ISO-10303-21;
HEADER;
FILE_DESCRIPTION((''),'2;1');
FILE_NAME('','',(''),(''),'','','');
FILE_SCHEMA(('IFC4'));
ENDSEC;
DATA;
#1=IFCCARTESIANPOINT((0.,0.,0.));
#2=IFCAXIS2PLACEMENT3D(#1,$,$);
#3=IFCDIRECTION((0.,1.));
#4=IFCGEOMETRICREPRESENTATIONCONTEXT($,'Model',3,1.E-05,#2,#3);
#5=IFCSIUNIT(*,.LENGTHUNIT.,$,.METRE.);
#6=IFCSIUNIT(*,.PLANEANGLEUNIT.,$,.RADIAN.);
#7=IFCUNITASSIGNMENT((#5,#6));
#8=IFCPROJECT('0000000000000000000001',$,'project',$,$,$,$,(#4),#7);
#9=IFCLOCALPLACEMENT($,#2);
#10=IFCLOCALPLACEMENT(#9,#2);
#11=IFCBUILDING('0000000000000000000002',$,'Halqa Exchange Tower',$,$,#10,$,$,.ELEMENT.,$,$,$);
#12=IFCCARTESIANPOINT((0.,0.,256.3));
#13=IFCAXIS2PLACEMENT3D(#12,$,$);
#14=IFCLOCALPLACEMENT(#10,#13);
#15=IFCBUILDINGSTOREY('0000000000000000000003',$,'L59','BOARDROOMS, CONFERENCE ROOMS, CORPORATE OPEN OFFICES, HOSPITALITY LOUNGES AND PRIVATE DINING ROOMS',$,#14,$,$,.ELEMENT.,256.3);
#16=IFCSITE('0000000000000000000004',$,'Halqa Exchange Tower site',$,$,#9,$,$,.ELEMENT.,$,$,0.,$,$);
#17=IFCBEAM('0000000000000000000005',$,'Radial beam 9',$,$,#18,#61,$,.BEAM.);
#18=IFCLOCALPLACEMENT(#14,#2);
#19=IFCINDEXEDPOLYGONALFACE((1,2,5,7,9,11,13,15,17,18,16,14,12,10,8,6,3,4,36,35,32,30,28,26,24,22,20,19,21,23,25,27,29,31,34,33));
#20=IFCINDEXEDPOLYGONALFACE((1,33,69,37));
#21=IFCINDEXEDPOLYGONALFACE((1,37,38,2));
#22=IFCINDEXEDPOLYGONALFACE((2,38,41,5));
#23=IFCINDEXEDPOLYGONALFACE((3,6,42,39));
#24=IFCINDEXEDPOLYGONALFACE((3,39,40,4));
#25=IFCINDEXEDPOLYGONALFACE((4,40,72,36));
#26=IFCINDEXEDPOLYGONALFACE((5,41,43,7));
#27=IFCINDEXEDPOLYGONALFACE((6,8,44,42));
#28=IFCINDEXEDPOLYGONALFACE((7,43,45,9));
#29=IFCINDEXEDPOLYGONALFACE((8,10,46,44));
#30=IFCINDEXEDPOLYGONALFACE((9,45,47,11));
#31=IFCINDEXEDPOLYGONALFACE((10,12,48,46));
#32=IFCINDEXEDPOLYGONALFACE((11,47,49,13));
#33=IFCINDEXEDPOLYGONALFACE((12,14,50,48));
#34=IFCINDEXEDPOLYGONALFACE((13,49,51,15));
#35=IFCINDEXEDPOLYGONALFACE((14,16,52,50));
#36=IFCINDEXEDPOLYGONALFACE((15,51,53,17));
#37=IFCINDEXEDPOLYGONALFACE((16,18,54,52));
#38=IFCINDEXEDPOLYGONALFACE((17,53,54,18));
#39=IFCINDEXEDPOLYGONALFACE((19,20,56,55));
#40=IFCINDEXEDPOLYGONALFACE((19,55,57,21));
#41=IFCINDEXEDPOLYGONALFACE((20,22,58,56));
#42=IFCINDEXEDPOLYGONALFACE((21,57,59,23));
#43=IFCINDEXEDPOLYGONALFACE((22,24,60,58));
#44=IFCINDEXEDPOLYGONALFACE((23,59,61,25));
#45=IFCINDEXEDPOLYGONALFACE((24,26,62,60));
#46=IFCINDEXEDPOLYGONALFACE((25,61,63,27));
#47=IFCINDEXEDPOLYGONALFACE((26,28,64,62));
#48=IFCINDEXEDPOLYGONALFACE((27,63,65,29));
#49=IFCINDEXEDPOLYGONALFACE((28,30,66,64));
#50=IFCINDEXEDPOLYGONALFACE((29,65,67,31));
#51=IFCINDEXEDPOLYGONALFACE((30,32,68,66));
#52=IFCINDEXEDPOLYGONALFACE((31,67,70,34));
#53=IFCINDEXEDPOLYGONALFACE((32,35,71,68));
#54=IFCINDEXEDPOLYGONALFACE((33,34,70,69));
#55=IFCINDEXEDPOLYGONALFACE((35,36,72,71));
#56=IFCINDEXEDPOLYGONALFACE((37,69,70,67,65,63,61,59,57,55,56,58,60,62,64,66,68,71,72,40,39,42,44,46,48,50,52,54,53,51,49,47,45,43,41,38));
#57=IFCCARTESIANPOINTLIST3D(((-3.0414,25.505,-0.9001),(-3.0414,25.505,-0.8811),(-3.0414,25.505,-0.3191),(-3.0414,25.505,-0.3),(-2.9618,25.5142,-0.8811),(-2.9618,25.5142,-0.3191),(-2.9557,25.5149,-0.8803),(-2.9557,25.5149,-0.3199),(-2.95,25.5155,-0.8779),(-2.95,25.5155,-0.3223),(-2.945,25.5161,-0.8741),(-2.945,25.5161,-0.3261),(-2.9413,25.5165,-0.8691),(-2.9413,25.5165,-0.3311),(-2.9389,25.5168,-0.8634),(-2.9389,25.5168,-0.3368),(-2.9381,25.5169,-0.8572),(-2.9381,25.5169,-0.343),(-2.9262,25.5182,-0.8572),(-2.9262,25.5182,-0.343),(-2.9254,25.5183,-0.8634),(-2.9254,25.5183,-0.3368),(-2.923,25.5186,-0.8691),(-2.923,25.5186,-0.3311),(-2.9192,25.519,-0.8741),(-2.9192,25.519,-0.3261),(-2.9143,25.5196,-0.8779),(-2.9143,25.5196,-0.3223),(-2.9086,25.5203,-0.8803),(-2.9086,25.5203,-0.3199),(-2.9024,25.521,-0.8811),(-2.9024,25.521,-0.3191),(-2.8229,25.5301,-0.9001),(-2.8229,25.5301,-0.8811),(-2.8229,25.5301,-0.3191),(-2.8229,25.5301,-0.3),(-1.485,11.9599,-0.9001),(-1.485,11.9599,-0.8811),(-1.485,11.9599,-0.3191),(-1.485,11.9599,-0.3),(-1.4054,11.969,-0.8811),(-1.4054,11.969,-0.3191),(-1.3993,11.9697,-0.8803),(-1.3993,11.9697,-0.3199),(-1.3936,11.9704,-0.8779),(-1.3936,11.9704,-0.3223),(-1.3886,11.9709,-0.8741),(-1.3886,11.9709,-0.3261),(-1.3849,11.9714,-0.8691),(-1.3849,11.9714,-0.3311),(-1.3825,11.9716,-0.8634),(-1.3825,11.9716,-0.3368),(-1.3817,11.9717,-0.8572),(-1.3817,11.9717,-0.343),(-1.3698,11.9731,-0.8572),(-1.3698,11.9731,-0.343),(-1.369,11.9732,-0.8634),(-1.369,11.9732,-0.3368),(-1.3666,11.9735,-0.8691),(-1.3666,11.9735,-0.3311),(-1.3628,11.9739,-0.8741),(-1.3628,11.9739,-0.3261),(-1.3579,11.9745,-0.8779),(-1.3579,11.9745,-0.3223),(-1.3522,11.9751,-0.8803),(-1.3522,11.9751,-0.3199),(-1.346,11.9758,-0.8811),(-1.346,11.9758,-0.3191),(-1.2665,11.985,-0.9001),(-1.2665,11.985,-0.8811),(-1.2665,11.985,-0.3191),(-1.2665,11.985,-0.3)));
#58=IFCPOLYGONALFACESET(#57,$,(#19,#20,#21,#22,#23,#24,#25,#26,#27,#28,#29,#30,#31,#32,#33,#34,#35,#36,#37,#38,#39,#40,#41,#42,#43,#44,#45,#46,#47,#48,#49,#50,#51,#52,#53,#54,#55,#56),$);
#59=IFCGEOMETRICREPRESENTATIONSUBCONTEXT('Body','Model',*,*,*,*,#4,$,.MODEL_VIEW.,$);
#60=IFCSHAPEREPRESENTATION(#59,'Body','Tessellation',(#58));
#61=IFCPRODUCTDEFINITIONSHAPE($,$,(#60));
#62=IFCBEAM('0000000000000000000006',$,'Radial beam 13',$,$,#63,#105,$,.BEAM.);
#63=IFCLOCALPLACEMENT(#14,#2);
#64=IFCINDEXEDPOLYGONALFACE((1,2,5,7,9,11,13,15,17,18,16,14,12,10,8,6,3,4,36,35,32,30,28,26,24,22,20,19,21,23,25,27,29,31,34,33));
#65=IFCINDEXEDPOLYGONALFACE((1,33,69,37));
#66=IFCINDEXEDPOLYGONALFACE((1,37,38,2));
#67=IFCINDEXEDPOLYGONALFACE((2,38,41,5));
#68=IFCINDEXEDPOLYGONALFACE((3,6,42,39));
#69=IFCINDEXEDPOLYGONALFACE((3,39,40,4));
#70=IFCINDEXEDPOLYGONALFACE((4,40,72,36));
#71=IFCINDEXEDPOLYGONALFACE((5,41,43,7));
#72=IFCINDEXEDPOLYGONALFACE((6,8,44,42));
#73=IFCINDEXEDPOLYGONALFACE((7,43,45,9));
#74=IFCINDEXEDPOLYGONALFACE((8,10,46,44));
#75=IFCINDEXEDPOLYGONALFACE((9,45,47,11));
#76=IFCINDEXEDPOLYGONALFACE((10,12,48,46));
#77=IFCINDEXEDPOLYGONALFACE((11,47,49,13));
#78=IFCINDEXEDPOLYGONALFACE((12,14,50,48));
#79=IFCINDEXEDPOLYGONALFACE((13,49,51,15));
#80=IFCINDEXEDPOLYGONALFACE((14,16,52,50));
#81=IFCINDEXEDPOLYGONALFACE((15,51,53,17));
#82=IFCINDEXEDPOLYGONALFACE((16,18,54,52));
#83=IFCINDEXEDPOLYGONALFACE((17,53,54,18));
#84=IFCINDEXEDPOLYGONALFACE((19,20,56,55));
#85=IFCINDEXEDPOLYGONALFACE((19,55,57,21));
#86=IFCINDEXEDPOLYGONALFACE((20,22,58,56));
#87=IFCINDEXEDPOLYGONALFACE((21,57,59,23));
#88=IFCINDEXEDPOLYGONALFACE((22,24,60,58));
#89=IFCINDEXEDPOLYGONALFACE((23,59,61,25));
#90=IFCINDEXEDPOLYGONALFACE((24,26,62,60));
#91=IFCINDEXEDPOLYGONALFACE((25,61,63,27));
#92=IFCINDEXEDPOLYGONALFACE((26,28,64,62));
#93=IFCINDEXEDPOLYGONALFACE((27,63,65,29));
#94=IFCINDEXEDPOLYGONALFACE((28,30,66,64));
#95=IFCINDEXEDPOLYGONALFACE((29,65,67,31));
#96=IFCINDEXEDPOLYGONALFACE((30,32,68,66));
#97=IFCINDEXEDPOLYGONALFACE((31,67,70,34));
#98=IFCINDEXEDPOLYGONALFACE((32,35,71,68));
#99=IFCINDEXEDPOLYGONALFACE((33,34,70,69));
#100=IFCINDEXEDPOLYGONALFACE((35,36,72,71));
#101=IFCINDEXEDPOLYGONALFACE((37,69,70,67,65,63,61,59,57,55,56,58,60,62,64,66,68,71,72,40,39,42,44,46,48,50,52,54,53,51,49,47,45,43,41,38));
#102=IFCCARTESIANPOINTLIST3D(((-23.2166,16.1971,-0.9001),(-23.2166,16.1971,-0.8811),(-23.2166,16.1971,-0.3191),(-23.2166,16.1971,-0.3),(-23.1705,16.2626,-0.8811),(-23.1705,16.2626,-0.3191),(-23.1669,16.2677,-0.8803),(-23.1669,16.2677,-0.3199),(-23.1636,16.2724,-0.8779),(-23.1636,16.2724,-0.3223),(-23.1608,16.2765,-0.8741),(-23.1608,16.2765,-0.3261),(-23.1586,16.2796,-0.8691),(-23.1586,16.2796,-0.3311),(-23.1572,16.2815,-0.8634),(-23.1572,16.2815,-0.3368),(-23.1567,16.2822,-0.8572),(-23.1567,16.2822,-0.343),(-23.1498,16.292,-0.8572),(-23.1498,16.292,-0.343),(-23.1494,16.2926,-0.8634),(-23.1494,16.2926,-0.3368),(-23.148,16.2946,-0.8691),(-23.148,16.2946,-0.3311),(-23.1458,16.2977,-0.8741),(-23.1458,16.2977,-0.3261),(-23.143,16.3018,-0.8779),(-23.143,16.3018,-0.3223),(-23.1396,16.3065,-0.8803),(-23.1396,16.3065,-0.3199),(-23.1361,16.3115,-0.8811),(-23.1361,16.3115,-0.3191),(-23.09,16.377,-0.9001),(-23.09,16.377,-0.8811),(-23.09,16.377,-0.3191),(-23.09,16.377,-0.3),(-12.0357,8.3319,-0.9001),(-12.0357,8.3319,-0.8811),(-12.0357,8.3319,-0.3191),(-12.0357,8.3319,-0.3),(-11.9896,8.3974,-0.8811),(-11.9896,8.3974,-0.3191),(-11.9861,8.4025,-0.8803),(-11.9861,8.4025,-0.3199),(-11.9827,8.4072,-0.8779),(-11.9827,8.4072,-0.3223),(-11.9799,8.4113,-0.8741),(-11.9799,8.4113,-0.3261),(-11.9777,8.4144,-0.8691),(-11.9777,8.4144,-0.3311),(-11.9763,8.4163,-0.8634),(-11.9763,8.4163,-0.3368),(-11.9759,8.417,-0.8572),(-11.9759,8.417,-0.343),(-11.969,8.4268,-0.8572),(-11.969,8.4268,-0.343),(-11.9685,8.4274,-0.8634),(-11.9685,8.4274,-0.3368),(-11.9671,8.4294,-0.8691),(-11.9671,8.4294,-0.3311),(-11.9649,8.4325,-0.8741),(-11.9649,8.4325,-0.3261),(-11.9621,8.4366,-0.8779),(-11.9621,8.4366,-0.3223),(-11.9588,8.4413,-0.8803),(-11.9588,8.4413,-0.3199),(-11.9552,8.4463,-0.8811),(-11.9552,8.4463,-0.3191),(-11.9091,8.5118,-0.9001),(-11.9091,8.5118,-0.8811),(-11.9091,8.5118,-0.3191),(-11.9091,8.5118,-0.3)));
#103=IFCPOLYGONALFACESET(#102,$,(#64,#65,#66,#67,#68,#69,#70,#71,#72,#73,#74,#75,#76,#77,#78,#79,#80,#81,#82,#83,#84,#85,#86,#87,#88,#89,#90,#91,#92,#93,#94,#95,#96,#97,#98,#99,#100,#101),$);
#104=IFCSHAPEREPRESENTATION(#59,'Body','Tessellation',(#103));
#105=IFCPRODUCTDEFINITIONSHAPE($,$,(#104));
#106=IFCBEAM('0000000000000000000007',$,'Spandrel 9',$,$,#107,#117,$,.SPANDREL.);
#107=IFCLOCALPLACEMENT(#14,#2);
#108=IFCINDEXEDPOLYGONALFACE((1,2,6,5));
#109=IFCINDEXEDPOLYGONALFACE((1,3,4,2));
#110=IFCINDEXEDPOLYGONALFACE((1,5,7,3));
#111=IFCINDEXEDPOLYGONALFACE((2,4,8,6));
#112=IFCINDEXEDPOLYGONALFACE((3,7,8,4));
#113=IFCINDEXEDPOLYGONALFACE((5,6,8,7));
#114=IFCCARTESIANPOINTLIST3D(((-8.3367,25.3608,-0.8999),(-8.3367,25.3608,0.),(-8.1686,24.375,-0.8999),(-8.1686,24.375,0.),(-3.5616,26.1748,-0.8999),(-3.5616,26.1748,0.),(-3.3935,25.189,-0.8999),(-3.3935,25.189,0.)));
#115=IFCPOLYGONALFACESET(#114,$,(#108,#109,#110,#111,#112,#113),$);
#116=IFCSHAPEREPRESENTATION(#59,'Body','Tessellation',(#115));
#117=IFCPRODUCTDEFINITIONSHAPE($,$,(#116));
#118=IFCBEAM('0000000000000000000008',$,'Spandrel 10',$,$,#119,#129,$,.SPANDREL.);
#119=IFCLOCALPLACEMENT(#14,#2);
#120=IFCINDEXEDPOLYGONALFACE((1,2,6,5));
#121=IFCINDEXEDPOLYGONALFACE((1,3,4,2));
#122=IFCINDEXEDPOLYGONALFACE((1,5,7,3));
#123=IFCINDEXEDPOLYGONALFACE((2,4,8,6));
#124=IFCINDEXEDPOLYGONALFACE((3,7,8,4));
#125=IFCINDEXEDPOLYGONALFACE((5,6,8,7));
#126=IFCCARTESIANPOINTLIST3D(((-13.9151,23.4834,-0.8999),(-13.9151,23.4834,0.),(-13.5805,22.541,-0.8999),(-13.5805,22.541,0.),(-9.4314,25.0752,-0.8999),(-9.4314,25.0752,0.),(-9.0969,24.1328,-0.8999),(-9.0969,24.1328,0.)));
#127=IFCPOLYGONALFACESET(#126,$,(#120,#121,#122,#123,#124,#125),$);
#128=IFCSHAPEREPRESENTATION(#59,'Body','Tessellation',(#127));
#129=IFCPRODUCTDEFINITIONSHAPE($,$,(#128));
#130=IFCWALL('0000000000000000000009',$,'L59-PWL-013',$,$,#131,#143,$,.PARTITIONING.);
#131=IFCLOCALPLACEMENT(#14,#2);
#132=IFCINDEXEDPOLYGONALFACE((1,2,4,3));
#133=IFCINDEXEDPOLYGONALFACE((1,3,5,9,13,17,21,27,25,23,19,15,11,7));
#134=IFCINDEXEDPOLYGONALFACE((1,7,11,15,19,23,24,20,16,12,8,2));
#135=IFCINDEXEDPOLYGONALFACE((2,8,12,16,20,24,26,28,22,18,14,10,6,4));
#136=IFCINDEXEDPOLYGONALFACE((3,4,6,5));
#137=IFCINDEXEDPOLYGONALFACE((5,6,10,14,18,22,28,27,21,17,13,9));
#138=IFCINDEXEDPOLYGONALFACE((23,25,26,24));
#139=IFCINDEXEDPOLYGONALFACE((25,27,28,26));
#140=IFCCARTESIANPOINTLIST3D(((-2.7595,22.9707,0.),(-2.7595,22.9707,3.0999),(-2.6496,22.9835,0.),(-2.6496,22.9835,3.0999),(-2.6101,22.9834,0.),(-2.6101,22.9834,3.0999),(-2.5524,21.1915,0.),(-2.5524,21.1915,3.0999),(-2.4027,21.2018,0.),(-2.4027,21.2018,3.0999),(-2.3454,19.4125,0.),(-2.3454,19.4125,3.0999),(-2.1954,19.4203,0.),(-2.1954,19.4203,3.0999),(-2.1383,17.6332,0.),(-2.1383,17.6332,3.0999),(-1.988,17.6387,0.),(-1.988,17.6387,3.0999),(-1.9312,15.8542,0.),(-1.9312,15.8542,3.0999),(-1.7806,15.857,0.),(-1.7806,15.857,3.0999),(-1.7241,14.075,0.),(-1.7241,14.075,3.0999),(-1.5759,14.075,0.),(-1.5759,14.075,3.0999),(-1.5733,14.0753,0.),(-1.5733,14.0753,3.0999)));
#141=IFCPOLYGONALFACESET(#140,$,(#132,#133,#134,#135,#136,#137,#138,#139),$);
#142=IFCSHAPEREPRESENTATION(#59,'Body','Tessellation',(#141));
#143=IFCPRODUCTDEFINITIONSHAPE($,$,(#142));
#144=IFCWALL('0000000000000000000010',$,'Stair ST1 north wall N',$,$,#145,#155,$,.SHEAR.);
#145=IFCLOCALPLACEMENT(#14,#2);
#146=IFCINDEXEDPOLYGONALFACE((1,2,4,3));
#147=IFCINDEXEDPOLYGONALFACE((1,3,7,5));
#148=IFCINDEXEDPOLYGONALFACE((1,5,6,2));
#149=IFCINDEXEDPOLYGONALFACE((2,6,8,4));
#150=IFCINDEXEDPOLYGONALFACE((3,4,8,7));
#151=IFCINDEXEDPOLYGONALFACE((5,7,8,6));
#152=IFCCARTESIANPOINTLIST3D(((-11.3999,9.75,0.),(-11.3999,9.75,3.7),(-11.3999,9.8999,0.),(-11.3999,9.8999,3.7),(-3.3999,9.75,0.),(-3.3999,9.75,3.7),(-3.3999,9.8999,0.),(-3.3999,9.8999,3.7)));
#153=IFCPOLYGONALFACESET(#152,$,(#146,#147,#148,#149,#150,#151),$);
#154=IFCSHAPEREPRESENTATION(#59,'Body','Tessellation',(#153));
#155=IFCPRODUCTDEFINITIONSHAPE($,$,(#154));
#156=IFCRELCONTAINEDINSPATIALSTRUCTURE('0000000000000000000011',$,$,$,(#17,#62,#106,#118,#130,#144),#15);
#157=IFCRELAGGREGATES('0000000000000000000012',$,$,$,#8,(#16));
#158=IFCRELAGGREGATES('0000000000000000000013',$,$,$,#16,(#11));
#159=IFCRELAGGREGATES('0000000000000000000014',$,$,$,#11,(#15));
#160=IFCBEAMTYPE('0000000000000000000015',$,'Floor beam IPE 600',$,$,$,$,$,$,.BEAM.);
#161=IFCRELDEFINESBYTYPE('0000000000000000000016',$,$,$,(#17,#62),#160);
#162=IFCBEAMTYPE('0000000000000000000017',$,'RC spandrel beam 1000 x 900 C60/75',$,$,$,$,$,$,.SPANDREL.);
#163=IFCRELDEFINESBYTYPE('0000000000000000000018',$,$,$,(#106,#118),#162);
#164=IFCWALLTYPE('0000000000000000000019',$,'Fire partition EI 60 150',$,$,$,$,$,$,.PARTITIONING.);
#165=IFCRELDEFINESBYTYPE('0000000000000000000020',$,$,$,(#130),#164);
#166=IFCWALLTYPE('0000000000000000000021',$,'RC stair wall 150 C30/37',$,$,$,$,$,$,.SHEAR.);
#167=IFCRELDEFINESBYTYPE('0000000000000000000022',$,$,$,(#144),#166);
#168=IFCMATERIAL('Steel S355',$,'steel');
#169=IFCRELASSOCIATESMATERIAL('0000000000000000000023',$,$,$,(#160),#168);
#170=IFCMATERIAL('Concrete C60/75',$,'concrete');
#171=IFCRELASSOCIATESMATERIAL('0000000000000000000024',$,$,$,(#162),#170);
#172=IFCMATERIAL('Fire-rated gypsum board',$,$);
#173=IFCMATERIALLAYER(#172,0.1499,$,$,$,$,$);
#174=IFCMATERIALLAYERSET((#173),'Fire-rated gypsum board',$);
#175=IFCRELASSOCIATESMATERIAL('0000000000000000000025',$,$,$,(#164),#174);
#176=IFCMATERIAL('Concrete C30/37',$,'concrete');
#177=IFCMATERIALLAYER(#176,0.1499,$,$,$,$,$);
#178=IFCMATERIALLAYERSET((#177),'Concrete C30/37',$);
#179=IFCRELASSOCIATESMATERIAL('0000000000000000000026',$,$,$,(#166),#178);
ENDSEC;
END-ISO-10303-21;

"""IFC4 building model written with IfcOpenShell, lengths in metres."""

from ifc_helpers import new_model, si_unit, direction, frame, frame_2d, origin, origin_2d, place, context, subcontext, project, spatial, polyline, rectangle, i_section, outline, extrude, material, layer, layer_set, material_profile, profile_set, type_object, element, save


model = new_model("IFC4")

# Units and contexts
model_context = context("Model", 3, precision=1e-05, world=origin(), true_north=direction((0.0, 1.0)))
body_context = subcontext(model_context, "Body", "Model", "MODEL_VIEW")
ifc_project = project(units=[si_unit("LENGTHUNIT", "METRE"), si_unit("PLANEANGLEUNIT", "RADIAN")], contexts=[model_context])

# Site, building, storey
site_placement = place(None, origin())
site = spatial("IfcSite", under=ifc_project, at=site_placement, Name="Halqa Exchange Tower site", CompositionType="ELEMENT", RefElevation=0.0)
building_placement = place(site_placement, origin())
building = spatial("IfcBuilding", under=site, at=building_placement, Name="Halqa Exchange Tower", CompositionType="ELEMENT")
storey_placement = place(building_placement, frame((0.0, 0.0, 256.3)))
storey = spatial("IfcBuildingStorey", under=building, at=storey_placement, Name="L59", Description="BOARDROOMS, CONFERENCE ROOMS, CORPORATE OPEN OFFICES, HOSPITALITY LOUNGES AND PRIVATE DINING ROOMS", CompositionType="ELEMENT", Elevation=256.3)

# Shared definitions
ifc_material_1 = material(Name="Concrete C60/75", Category="concrete")

# Beams
ifc_material_2 = material(Name="Steel S355", Category="steel")
ifc_material_profile_1 = material_profile(ifc_material_2, i_section(OverallWidth=0.22, OverallDepth=0.6001, WebThickness=0.012, FlangeThickness=0.019, FilletRadius=0.0239, at=origin_2d()), Name="IPE 600")
ifc_profile_set_1 = profile_set([ifc_material_profile_1], Name="Steel S355")
beam_type_1 = type_object("IfcBeamType", Name="Floor beam IPE 600", PredefinedType="BEAM", material=ifc_profile_set_1)
beam_1_placement = place(storey_placement, frame((-1.3757, 11.9724, -0.6001), z_axis=(-0.114153, 0.993463, 0.0), x_axis=(-0.993463, -0.114153, 0.0)))
element("IfcBeam", 1, at=beam_1_placement, inside=storey, type_object=beam_type_1, Name="Radial beam 9", PredefinedType="BEAM", context=body_context, shape_type="SweptSolid", body=[
    extrude(i_section(OverallWidth=0.22, OverallDepth=0.6001, WebThickness=0.012, FlangeThickness=0.019, FilletRadius=0.0239, at=origin_2d()), origin(), (0.0, 0.0, 1.0), 13.6343),
])
beam_2_placement = place(storey_placement, frame((-11.9724, 8.4219, -0.6001), z_axis=(-0.817903, 0.575356, 0.0), x_axis=(-0.575356, -0.817903, 0.0)))
element("IfcBeam", 2, at=beam_2_placement, inside=storey, type_object=beam_type_1, Name="Radial beam 13", PredefinedType="BEAM", context=body_context, shape_type="SweptSolid", body=[
    extrude(i_section(OverallWidth=0.22, OverallDepth=0.6001, WebThickness=0.012, FlangeThickness=0.019, FilletRadius=0.0239, at=origin_2d()), origin(), (0.0, 0.0, 1.0), 13.6702),
])
ifc_material_profile_2 = material_profile(ifc_material_1, rectangle(XDim=1.0, YDim=0.8999, at=origin_2d()), Name="1000 x 900")
ifc_profile_set_2 = profile_set([ifc_material_profile_2], Name="Concrete C60/75")
beam_type_2 = type_object("IfcBeamType", Name="RC spandrel beam 1000 x 900 C60/75", PredefinedType="SPANDREL", material=ifc_profile_set_2)
beam_3_placement = place(storey_placement, frame((-3.4775, 25.6819, -0.45), z_axis=(-0.985781, -0.168035, 0.0), x_axis=(0.168035, -0.985781, 0.0)))
element("IfcBeam", 3, at=beam_3_placement, inside=storey, type_object=beam_type_2, Name="Spandrel 9", PredefinedType="SPANDREL", context=body_context, shape_type="SweptSolid", body=[
    extrude(rectangle(XDim=1.0, YDim=0.8999, at=origin_2d()), origin(), (0.0, 0.0, 1.0), 4.844),
])
beam_4_placement = place(storey_placement, frame((-9.2642, 24.604, -0.45), z_axis=(-0.942373, -0.334564, 0.0), x_axis=(0.334564, -0.942373, 0.0)))
element("IfcBeam", 4, at=beam_4_placement, inside=storey, type_object=beam_type_2, Name="Spandrel 10", PredefinedType="SPANDREL", context=body_context, shape_type="SweptSolid", body=[
    extrude(rectangle(XDim=1.0, YDim=0.8999, at=origin_2d()), origin(), (0.0, 0.0, 1.0), 4.7578),
])

# Walls
ifc_material_3 = material(Name="Fire-rated gypsum board")
ifc_layer_1 = layer(ifc_material_3, 0.1499)
ifc_layer_set_1 = layer_set([ifc_layer_1], Name="Fire-rated gypsum board")
wall_type_1 = type_object("IfcWallType", Name="Fire partition EI 60 150", PredefinedType="PARTITIONING", material=ifc_layer_set_1)
wall_1_placement = place(storey_placement, frame((-1.6477, 14.0667, 0.0), z_axis=(0.0, 0.0, 1.0), x_axis=(-0.115608, 0.993295, 0.0)))
element("IfcWall", 5, at=wall_1_placement, inside=storey, type_object=wall_type_1, Name="L59-PWL-013", PredefinedType="PARTITIONING", context=body_context, shape_type="SweptSolid", body=[
    extrude(outline(polyline([(0.0, -0.075), (1.7937, -0.075), (3.5874, -0.075), (5.3811, -0.075), (7.1746, -0.075), (8.9683, -0.075), (8.9729, -0.0356), (8.9729, 0.075), (7.1816, 0.075), (5.3906, 0.075), (3.5994, 0.075), (1.8083, 0.075), (0.0171, 0.075), (0.0, -0.0723), (0.0, -0.075)])), origin(), (0.0, 0.0, 1.0), 3.0999),
])
ifc_material_4 = material(Name="Concrete C30/37", Category="concrete")
ifc_layer_2 = layer(ifc_material_4, 0.1499)
ifc_layer_set_2 = layer_set([ifc_layer_2], Name="Concrete C30/37")
wall_type_2 = type_object("IfcWallType", Name="RC stair wall 150 C30/37", PredefinedType="SHEAR", material=ifc_layer_set_2)
wall_2_placement = place(storey_placement, frame((-11.3999, 9.825, 0.0), z_axis=(0.0, 0.0, 1.0), x_axis=(1.0, 0.0, 0.0)))
element("IfcWall", 6, at=wall_2_placement, inside=storey, type_object=wall_type_2, Name="Stair ST1 north wall N", PredefinedType="SHEAR", context=body_context, shape_type="SweptSolid", body=[
    extrude(rectangle(XDim=8.0, YDim=0.1499, at=frame_2d((4.0, 0.0))), origin(), (0.0, 0.0, 1.0), 3.7),
])

save(model, "model.ifc")
